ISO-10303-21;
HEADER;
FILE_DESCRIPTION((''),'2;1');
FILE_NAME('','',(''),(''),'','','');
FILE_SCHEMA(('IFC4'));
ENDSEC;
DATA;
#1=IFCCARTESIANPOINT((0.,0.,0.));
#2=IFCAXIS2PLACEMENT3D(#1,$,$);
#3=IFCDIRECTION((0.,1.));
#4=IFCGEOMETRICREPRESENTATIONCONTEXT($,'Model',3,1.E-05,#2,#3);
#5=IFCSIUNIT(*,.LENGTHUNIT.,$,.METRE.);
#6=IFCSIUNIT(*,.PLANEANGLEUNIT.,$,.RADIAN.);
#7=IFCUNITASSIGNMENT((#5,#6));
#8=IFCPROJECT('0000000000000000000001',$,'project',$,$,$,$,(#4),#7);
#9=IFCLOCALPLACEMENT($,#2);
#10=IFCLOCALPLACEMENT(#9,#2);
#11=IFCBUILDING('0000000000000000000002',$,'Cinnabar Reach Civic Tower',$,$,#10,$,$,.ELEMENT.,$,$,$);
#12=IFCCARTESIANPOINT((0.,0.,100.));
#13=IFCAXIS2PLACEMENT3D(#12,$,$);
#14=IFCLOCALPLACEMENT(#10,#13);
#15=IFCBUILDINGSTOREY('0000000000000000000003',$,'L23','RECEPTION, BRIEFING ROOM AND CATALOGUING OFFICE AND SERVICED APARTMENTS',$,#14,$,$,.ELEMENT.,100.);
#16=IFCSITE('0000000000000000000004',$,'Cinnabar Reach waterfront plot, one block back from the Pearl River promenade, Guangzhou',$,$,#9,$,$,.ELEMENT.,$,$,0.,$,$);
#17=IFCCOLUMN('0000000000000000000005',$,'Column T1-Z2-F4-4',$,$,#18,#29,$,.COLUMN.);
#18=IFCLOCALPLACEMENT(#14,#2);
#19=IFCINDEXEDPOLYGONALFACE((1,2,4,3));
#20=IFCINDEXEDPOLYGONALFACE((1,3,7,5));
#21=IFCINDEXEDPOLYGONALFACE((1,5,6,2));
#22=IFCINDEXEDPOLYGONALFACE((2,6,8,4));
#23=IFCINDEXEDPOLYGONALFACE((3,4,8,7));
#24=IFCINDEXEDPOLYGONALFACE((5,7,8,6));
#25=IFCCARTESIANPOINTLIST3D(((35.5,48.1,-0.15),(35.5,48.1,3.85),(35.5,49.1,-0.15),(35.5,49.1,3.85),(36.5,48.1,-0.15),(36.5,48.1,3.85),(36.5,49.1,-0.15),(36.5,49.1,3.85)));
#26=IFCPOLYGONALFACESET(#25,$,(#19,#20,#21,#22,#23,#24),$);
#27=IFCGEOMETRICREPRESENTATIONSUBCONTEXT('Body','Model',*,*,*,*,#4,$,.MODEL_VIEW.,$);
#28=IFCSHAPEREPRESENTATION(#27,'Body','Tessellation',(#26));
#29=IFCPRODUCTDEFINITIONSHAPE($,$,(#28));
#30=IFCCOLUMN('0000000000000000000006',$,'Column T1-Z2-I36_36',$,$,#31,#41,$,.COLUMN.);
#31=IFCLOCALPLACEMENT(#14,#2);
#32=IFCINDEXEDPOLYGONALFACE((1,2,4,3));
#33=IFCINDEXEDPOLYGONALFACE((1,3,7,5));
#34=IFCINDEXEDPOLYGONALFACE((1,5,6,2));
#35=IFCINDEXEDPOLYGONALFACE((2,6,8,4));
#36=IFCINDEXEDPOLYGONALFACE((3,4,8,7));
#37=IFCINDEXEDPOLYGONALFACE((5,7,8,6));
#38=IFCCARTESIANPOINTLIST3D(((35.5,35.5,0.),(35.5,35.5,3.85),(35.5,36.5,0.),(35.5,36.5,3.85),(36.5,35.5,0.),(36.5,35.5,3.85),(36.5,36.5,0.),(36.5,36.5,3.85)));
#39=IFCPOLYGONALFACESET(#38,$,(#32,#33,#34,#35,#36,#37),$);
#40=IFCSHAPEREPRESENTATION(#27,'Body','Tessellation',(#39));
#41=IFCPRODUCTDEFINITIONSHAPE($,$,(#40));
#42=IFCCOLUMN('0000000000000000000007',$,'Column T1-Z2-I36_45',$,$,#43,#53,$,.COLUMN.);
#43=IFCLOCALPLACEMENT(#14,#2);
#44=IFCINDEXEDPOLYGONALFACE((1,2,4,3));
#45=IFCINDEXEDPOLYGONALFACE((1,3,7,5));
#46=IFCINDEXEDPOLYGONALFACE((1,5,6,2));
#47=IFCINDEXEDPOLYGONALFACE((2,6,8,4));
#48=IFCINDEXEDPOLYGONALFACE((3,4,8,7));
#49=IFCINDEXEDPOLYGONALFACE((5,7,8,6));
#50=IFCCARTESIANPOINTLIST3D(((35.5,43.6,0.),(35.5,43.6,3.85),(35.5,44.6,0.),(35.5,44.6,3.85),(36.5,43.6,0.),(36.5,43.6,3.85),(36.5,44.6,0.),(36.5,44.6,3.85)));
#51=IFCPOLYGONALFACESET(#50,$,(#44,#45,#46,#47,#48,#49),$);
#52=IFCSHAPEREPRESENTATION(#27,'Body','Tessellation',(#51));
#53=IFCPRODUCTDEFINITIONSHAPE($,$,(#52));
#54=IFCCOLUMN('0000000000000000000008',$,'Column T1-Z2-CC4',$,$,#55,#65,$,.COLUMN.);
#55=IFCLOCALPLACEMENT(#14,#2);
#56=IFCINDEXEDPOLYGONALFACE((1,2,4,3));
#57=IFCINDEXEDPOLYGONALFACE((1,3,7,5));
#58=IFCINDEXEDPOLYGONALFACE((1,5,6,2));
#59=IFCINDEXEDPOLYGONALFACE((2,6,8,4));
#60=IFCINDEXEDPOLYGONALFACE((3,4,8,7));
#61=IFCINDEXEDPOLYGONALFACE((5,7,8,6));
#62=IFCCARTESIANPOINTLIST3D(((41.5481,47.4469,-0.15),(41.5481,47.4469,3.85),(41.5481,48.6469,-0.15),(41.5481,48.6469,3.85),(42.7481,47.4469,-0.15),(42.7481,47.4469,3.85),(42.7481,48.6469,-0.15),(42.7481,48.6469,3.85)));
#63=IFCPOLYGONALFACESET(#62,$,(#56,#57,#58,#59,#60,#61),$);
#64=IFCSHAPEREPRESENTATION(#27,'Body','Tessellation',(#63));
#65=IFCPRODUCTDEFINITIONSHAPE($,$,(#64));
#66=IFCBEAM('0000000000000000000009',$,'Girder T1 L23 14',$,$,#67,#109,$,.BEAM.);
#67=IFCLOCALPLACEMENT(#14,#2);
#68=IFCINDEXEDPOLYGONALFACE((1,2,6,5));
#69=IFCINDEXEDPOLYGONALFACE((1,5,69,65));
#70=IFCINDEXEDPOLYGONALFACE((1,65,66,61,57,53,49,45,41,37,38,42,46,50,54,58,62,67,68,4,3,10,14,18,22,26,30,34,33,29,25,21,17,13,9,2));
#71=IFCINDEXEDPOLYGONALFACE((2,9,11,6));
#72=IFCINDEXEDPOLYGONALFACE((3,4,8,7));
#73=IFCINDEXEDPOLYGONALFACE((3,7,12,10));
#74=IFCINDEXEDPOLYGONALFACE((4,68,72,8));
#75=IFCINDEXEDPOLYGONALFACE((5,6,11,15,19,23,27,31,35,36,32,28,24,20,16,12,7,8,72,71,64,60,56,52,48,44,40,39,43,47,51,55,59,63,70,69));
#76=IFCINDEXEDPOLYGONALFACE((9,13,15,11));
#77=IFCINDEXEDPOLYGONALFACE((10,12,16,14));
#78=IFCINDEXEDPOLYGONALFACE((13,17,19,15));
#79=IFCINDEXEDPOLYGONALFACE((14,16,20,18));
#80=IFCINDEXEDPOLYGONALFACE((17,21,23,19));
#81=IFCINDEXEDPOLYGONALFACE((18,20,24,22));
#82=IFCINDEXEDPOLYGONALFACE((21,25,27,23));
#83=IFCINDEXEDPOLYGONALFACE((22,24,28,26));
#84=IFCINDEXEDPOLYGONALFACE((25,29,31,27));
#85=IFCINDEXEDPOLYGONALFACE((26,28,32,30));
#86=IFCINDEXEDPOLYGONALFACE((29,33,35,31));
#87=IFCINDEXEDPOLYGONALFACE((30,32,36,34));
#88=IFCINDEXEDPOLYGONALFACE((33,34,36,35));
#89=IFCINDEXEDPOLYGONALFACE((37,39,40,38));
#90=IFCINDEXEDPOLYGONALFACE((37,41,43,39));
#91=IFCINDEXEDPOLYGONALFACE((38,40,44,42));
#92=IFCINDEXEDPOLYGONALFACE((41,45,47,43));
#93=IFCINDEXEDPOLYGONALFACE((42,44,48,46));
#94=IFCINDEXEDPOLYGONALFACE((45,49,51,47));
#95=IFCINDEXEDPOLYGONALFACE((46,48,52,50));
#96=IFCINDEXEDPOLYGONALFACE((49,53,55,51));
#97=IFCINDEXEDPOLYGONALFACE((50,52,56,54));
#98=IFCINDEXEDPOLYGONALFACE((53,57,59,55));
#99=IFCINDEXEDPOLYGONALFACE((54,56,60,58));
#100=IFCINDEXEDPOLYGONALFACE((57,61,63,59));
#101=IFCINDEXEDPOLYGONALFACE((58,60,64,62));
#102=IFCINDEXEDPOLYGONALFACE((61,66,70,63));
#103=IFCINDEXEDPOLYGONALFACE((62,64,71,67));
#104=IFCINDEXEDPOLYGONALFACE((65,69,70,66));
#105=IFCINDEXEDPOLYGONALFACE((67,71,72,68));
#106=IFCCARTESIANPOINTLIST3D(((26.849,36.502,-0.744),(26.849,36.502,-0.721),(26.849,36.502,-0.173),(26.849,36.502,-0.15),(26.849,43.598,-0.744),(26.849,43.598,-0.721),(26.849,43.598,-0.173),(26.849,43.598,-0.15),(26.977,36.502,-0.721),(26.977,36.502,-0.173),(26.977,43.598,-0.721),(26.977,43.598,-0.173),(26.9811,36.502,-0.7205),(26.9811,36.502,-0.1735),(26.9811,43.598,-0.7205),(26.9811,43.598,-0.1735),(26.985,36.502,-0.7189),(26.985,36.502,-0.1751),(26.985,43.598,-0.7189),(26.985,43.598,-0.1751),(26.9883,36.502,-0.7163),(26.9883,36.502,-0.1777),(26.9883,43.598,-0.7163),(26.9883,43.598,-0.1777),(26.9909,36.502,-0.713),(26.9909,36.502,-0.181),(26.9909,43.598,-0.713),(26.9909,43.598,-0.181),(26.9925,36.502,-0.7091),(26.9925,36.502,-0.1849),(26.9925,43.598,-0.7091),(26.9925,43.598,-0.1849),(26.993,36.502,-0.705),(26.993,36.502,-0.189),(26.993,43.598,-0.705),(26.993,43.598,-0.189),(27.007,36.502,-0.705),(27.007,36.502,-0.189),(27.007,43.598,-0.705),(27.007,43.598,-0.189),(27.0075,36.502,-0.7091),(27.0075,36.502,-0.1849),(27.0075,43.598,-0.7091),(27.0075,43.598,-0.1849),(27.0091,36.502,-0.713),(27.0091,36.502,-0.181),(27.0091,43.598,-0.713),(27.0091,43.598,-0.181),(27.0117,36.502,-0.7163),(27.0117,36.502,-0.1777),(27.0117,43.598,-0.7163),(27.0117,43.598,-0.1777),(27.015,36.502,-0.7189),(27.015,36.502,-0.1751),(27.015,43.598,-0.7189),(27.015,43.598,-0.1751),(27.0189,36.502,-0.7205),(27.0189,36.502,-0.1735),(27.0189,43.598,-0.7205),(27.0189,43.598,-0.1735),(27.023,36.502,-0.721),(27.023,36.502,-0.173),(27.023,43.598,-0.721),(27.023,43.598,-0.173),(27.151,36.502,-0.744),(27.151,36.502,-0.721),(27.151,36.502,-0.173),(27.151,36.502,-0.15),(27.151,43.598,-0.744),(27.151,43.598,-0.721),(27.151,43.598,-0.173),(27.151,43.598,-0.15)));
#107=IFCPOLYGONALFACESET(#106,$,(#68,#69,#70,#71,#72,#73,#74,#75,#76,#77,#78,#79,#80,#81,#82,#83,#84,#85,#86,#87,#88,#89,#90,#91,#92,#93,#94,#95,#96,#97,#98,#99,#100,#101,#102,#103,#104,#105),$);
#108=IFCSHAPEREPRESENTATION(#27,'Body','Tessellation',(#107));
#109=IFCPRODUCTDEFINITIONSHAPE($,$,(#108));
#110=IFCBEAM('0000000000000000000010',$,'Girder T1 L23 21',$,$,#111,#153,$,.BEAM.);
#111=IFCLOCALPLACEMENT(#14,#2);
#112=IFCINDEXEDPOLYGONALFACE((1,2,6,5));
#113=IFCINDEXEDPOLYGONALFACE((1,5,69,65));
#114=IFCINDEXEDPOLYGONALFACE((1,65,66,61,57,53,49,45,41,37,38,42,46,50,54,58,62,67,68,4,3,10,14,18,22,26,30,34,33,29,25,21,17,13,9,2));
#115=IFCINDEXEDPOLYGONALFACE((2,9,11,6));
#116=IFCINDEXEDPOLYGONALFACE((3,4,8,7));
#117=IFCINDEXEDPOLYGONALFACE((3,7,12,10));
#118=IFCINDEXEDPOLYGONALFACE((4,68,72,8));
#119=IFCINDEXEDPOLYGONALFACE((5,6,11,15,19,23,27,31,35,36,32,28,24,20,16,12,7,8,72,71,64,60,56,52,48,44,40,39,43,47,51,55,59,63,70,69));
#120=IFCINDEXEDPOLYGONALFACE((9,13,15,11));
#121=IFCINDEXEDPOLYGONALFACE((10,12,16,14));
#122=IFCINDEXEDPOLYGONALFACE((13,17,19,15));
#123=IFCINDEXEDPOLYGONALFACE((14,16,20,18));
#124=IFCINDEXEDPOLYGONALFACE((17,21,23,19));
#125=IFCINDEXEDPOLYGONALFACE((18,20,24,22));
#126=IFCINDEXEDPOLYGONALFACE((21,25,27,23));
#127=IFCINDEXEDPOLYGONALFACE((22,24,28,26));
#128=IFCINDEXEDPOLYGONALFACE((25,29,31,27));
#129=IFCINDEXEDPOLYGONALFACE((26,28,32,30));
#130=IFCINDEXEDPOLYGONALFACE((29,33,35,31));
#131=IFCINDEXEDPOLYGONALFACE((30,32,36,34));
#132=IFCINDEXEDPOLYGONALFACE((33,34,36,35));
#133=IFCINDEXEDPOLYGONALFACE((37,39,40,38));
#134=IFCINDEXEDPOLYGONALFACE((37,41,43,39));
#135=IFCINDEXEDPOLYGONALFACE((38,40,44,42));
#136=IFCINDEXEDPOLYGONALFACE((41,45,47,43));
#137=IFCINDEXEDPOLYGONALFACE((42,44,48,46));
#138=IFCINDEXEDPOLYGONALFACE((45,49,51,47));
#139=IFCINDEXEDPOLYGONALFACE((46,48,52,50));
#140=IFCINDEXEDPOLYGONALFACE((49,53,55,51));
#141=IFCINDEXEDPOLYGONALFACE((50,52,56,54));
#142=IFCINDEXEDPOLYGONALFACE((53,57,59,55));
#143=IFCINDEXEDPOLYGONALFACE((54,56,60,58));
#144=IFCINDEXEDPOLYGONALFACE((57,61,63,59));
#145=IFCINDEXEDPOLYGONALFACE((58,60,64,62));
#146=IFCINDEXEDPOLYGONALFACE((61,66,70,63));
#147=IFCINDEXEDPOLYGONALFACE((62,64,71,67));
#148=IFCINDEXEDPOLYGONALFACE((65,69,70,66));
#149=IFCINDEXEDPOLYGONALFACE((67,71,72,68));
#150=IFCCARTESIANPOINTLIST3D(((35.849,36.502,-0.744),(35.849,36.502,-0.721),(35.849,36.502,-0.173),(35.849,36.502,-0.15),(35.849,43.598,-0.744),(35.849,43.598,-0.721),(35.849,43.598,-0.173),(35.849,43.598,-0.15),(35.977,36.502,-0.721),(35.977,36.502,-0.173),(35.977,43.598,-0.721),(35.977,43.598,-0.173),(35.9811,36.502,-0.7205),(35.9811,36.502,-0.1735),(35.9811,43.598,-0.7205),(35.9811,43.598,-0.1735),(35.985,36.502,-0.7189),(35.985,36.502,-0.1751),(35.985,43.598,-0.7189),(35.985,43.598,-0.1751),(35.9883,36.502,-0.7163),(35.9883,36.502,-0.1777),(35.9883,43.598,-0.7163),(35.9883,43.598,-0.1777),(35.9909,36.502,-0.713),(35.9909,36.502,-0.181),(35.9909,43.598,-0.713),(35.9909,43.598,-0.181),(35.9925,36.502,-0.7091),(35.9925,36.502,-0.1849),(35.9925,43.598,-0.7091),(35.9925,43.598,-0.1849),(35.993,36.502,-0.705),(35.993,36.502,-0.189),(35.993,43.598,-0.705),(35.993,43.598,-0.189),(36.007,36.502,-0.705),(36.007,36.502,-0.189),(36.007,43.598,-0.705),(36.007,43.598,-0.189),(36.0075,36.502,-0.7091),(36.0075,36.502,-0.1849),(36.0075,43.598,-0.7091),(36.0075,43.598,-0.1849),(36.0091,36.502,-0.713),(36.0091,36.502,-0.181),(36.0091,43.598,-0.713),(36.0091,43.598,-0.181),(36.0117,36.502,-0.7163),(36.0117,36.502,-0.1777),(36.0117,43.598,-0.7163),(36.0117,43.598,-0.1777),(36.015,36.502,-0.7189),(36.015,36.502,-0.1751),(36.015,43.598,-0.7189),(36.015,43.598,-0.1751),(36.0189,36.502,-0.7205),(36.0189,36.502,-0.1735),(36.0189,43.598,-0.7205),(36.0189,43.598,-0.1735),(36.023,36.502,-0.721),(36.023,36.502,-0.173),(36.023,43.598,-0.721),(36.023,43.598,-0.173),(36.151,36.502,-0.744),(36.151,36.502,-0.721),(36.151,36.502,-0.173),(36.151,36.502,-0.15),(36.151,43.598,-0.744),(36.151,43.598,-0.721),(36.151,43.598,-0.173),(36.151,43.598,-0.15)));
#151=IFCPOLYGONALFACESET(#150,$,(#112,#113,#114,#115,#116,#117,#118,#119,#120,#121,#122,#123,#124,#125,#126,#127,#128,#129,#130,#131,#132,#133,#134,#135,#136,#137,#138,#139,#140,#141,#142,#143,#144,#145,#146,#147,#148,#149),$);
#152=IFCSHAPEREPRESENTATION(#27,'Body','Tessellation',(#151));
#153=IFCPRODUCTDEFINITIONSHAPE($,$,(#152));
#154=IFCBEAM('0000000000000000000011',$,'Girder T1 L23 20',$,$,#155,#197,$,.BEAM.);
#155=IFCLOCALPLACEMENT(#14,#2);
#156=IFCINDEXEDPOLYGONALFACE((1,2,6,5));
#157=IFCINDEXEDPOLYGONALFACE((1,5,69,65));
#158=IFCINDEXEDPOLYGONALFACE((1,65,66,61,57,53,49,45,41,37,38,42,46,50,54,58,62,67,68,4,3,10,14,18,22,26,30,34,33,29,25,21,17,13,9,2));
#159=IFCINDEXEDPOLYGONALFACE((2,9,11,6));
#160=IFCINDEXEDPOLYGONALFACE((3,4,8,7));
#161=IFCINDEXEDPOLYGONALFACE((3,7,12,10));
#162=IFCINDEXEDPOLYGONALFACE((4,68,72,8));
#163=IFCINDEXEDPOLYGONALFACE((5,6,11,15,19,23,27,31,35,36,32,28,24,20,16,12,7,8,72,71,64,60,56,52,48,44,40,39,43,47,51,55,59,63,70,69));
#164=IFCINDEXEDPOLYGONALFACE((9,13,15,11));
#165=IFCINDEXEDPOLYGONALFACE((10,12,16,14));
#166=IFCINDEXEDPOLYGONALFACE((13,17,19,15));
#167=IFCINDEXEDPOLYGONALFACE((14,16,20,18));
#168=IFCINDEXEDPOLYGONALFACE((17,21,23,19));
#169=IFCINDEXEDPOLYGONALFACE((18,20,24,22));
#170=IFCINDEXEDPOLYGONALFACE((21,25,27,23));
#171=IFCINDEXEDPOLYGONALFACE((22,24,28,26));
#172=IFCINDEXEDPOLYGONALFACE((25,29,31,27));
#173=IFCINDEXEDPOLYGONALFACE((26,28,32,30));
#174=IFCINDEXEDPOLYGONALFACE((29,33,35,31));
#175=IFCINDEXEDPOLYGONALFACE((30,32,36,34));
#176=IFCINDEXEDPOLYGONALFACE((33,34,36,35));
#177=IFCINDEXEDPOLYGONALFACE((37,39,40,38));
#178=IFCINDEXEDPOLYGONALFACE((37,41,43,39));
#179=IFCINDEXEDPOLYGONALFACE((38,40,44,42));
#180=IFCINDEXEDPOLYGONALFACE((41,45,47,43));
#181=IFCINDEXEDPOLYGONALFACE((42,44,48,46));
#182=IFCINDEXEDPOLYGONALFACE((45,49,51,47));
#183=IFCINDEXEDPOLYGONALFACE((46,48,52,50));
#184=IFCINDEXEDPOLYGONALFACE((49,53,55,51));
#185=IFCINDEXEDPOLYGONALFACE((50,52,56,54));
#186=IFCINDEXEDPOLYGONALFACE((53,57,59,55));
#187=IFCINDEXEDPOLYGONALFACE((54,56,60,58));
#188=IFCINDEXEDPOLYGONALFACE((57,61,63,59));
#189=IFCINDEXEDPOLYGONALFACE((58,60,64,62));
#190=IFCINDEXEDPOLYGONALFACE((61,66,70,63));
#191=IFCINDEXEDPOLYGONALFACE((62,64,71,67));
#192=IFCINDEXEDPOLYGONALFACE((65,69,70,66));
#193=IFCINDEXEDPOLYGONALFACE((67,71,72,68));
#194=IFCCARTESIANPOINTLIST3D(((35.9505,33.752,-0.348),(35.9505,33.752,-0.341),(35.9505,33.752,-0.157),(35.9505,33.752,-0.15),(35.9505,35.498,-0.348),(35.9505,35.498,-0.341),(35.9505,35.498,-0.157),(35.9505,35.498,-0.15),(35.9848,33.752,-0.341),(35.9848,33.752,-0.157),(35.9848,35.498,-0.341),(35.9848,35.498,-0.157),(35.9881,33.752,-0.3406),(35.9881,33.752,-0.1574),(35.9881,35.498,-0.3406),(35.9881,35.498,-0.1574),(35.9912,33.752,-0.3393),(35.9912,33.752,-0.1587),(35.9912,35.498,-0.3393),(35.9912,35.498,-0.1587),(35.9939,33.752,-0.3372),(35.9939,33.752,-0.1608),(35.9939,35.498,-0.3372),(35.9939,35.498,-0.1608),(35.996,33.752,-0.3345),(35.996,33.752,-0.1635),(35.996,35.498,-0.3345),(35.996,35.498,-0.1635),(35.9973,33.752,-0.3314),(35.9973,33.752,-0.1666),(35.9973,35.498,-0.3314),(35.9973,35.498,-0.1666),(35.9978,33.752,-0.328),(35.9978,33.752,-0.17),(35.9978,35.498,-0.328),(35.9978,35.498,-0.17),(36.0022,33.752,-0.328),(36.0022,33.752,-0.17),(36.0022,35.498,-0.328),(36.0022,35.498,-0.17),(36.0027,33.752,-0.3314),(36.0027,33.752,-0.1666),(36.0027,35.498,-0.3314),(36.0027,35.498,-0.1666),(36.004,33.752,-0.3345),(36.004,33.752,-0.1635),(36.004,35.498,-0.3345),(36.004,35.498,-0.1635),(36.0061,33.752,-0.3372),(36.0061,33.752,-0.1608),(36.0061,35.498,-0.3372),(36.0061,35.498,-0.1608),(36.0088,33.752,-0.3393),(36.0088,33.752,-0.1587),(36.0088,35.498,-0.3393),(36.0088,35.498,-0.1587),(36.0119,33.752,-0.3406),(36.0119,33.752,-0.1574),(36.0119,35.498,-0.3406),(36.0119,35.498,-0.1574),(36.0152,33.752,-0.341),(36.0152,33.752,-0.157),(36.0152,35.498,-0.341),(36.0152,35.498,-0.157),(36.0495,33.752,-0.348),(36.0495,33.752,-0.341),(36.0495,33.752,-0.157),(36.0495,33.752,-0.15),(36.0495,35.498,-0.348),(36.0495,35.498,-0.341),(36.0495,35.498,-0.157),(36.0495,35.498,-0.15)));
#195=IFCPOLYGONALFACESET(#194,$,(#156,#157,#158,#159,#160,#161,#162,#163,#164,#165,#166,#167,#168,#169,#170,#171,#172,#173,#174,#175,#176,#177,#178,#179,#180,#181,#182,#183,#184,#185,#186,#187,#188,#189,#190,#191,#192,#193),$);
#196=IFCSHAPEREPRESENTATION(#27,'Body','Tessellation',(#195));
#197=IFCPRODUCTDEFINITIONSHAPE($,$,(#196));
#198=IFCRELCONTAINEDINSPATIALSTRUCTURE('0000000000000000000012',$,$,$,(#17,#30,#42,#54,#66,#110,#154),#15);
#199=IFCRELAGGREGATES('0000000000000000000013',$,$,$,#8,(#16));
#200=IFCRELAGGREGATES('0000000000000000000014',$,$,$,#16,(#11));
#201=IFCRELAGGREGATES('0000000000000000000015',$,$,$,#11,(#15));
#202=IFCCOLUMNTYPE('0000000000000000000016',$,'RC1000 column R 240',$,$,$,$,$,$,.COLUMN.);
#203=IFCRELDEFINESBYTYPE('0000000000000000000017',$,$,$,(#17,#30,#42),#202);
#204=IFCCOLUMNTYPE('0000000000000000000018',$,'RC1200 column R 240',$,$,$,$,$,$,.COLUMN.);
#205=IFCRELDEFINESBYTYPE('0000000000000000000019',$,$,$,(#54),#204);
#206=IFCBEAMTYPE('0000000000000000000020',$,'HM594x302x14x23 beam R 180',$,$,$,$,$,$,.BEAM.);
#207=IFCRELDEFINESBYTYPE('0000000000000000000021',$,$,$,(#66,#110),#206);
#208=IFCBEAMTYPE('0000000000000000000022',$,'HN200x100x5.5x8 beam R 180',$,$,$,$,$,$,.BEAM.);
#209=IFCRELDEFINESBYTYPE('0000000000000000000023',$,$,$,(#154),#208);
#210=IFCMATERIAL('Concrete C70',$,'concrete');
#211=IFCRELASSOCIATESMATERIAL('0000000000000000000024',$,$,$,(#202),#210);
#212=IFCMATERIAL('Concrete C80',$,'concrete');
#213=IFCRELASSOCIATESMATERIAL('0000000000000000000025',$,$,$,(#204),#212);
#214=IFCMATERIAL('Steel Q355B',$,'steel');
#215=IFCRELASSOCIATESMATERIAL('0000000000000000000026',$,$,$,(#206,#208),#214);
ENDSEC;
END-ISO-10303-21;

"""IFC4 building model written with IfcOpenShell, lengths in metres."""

from ifc_helpers import new_model, si_unit, direction, frame, origin, origin_2d, place, context, subcontext, project, spatial, rectangle, i_section, extrude, material, material_profile, profile_set, type_object, element, save


model = new_model("IFC4")

# Units and contexts
model_context = context("Model", 3, precision=1e-05, world=origin(), true_north=direction((0.0, 1.0)))
body_context = subcontext(model_context, "Body", "Model", "MODEL_VIEW")
ifc_project = project(units=[si_unit("LENGTHUNIT", "METRE"), si_unit("PLANEANGLEUNIT", "RADIAN")], contexts=[model_context])

# Site, building, storey
site_placement = place(None, origin())
site = spatial("IfcSite", under=ifc_project, at=site_placement, Name="Cinnabar Reach waterfront plot, one block back from the Pearl River promenade, Guangzhou", CompositionType="ELEMENT", RefElevation=0.0)
building_placement = place(site_placement, origin())
building = spatial("IfcBuilding", under=site, at=building_placement, Name="Cinnabar Reach Civic Tower", CompositionType="ELEMENT")
storey_placement = place(building_placement, frame((0.0, 0.0, 100.0)))
storey = spatial("IfcBuildingStorey", under=building, at=storey_placement, Name="L23", Description="RECEPTION, BRIEFING ROOM AND CATALOGUING OFFICE AND SERVICED APARTMENTS", CompositionType="ELEMENT", Elevation=100.0)

# Columns
ifc_material_1 = material(Name="Concrete C70", Category="concrete")
ifc_material_profile_1 = material_profile(ifc_material_1, rectangle(XDim=1.0, YDim=1.0, at=origin_2d()), Name="RC1000")
ifc_profile_set_1 = profile_set([ifc_material_profile_1], Name="Concrete C70")
column_type_1 = type_object("IfcColumnType", Name="RC1000 column R 240", PredefinedType="COLUMN", material=ifc_profile_set_1)
column_1_placement = place(storey_placement, frame((36.0, 48.6, -0.15), z_axis=(0.0, 0.0, 1.0), x_axis=(1.0, 0.0, 0.0)))
element("IfcColumn", 1, at=column_1_placement, inside=storey, type_object=column_type_1, Name="Column T1-Z2-F4-4", PredefinedType="COLUMN", context=body_context, shape_type="SweptSolid", body=[
    extrude(rectangle(XDim=1.0, YDim=1.0, at=origin_2d()), origin(), (0.0, 0.0, 1.0), 4.0),
])
for number, where, z_axis, x_axis, name in (
    (2, (36.0, 36.0, 0.0), (0.0, 0.0, 1.0), (1.0, 0.0, 0.0), "Column T1-Z2-I36_36"),
    (3, (36.0, 44.1, 0.0), (0.0, 0.0, 1.0), (1.0, 0.0, 0.0), "Column T1-Z2-I36_45"),
):
    element("IfcColumn", number, at=place(storey_placement, frame(where, z_axis=z_axis, x_axis=x_axis)), inside=storey, type_object=column_type_1, Name=name, PredefinedType="COLUMN", context=body_context, shape_type="SweptSolid", body=[
        extrude(rectangle(XDim=1.0, YDim=1.0, at=origin_2d()), origin(), (0.0, 0.0, 1.0), 3.85),
    ])
ifc_material_2 = material(Name="Concrete C80", Category="concrete")
ifc_material_profile_2 = material_profile(ifc_material_2, rectangle(XDim=1.2, YDim=1.2, at=origin_2d()), Name="RC1200")
ifc_profile_set_2 = profile_set([ifc_material_profile_2], Name="Concrete C80")
column_type_2 = type_object("IfcColumnType", Name="RC1200 column R 240", PredefinedType="COLUMN", material=ifc_profile_set_2)
column_2_placement = place(storey_placement, frame((42.1481, 48.0469, -0.15), z_axis=(0.0, 0.0, 1.0), x_axis=(1.0, 0.0, 0.0)))
element("IfcColumn", 4, at=column_2_placement, inside=storey, type_object=column_type_2, Name="Column T1-Z2-CC4", PredefinedType="COLUMN", context=body_context, shape_type="SweptSolid", body=[
    extrude(rectangle(XDim=1.2, YDim=1.2, at=origin_2d()), origin(), (0.0, 0.0, 1.0), 4.0),
])

# Beams
ifc_material_3 = material(Name="Steel Q355B", Category="steel")
ifc_material_profile_3 = material_profile(ifc_material_3, i_section(OverallWidth=0.302, OverallDepth=0.594, WebThickness=0.014, FlangeThickness=0.023, FilletRadius=0.016, at=origin_2d()), Name="HM594x302x14x23")
ifc_profile_set_3 = profile_set([ifc_material_profile_3], Name="Steel Q355B")
beam_type_1 = type_object("IfcBeamType", Name="HM594x302x14x23 beam R 180", PredefinedType="BEAM", material=ifc_profile_set_3)
for number, where, z_axis, x_axis, name in (
    (5, (27.0, 36.502, -0.447), (0.0, 1.0, 0.0), (-1.0, 0.0, 0.0), "Girder T1 L23 14"),
    (6, (36.0, 36.502, -0.447), (0.0, 1.0, 0.0), (-1.0, 0.0, 0.0), "Girder T1 L23 21"),
):
    element("IfcBeam", number, at=place(storey_placement, frame(where, z_axis=z_axis, x_axis=x_axis)), inside=storey, type_object=beam_type_1, Name=name, PredefinedType="BEAM", context=body_context, shape_type="SweptSolid", body=[
        extrude(i_section(OverallWidth=0.302, OverallDepth=0.594, WebThickness=0.014, FlangeThickness=0.023, FilletRadius=0.016, at=origin_2d()), origin(), (0.0, 0.0, 1.0), 7.096),
    ])
ifc_material_profile_4 = material_profile(ifc_material_3, i_section(OverallWidth=0.099, OverallDepth=0.198, WebThickness=0.0045, FlangeThickness=0.007, FilletRadius=0.013, at=origin_2d()), Name="HN200x100x5.5x8")
ifc_profile_set_4 = profile_set([ifc_material_profile_4], Name="Steel Q355B")
beam_type_2 = type_object("IfcBeamType", Name="HN200x100x5.5x8 beam R 180", PredefinedType="BEAM", material=ifc_profile_set_4)
beam_1_placement = place(storey_placement, frame((36.0, 33.752, -0.249), z_axis=(0.0, 1.0, 0.0), x_axis=(-1.0, 0.0, 0.0)))
element("IfcBeam", 7, at=beam_1_placement, inside=storey, type_object=beam_type_2, Name="Girder T1 L23 20", PredefinedType="BEAM", context=body_context, shape_type="SweptSolid", body=[
    extrude(i_section(OverallWidth=0.099, OverallDepth=0.198, WebThickness=0.0045, FlangeThickness=0.007, FilletRadius=0.013, at=origin_2d()), origin(), (0.0, 0.0, 1.0), 1.746),
])

save(model, "model.ifc")
